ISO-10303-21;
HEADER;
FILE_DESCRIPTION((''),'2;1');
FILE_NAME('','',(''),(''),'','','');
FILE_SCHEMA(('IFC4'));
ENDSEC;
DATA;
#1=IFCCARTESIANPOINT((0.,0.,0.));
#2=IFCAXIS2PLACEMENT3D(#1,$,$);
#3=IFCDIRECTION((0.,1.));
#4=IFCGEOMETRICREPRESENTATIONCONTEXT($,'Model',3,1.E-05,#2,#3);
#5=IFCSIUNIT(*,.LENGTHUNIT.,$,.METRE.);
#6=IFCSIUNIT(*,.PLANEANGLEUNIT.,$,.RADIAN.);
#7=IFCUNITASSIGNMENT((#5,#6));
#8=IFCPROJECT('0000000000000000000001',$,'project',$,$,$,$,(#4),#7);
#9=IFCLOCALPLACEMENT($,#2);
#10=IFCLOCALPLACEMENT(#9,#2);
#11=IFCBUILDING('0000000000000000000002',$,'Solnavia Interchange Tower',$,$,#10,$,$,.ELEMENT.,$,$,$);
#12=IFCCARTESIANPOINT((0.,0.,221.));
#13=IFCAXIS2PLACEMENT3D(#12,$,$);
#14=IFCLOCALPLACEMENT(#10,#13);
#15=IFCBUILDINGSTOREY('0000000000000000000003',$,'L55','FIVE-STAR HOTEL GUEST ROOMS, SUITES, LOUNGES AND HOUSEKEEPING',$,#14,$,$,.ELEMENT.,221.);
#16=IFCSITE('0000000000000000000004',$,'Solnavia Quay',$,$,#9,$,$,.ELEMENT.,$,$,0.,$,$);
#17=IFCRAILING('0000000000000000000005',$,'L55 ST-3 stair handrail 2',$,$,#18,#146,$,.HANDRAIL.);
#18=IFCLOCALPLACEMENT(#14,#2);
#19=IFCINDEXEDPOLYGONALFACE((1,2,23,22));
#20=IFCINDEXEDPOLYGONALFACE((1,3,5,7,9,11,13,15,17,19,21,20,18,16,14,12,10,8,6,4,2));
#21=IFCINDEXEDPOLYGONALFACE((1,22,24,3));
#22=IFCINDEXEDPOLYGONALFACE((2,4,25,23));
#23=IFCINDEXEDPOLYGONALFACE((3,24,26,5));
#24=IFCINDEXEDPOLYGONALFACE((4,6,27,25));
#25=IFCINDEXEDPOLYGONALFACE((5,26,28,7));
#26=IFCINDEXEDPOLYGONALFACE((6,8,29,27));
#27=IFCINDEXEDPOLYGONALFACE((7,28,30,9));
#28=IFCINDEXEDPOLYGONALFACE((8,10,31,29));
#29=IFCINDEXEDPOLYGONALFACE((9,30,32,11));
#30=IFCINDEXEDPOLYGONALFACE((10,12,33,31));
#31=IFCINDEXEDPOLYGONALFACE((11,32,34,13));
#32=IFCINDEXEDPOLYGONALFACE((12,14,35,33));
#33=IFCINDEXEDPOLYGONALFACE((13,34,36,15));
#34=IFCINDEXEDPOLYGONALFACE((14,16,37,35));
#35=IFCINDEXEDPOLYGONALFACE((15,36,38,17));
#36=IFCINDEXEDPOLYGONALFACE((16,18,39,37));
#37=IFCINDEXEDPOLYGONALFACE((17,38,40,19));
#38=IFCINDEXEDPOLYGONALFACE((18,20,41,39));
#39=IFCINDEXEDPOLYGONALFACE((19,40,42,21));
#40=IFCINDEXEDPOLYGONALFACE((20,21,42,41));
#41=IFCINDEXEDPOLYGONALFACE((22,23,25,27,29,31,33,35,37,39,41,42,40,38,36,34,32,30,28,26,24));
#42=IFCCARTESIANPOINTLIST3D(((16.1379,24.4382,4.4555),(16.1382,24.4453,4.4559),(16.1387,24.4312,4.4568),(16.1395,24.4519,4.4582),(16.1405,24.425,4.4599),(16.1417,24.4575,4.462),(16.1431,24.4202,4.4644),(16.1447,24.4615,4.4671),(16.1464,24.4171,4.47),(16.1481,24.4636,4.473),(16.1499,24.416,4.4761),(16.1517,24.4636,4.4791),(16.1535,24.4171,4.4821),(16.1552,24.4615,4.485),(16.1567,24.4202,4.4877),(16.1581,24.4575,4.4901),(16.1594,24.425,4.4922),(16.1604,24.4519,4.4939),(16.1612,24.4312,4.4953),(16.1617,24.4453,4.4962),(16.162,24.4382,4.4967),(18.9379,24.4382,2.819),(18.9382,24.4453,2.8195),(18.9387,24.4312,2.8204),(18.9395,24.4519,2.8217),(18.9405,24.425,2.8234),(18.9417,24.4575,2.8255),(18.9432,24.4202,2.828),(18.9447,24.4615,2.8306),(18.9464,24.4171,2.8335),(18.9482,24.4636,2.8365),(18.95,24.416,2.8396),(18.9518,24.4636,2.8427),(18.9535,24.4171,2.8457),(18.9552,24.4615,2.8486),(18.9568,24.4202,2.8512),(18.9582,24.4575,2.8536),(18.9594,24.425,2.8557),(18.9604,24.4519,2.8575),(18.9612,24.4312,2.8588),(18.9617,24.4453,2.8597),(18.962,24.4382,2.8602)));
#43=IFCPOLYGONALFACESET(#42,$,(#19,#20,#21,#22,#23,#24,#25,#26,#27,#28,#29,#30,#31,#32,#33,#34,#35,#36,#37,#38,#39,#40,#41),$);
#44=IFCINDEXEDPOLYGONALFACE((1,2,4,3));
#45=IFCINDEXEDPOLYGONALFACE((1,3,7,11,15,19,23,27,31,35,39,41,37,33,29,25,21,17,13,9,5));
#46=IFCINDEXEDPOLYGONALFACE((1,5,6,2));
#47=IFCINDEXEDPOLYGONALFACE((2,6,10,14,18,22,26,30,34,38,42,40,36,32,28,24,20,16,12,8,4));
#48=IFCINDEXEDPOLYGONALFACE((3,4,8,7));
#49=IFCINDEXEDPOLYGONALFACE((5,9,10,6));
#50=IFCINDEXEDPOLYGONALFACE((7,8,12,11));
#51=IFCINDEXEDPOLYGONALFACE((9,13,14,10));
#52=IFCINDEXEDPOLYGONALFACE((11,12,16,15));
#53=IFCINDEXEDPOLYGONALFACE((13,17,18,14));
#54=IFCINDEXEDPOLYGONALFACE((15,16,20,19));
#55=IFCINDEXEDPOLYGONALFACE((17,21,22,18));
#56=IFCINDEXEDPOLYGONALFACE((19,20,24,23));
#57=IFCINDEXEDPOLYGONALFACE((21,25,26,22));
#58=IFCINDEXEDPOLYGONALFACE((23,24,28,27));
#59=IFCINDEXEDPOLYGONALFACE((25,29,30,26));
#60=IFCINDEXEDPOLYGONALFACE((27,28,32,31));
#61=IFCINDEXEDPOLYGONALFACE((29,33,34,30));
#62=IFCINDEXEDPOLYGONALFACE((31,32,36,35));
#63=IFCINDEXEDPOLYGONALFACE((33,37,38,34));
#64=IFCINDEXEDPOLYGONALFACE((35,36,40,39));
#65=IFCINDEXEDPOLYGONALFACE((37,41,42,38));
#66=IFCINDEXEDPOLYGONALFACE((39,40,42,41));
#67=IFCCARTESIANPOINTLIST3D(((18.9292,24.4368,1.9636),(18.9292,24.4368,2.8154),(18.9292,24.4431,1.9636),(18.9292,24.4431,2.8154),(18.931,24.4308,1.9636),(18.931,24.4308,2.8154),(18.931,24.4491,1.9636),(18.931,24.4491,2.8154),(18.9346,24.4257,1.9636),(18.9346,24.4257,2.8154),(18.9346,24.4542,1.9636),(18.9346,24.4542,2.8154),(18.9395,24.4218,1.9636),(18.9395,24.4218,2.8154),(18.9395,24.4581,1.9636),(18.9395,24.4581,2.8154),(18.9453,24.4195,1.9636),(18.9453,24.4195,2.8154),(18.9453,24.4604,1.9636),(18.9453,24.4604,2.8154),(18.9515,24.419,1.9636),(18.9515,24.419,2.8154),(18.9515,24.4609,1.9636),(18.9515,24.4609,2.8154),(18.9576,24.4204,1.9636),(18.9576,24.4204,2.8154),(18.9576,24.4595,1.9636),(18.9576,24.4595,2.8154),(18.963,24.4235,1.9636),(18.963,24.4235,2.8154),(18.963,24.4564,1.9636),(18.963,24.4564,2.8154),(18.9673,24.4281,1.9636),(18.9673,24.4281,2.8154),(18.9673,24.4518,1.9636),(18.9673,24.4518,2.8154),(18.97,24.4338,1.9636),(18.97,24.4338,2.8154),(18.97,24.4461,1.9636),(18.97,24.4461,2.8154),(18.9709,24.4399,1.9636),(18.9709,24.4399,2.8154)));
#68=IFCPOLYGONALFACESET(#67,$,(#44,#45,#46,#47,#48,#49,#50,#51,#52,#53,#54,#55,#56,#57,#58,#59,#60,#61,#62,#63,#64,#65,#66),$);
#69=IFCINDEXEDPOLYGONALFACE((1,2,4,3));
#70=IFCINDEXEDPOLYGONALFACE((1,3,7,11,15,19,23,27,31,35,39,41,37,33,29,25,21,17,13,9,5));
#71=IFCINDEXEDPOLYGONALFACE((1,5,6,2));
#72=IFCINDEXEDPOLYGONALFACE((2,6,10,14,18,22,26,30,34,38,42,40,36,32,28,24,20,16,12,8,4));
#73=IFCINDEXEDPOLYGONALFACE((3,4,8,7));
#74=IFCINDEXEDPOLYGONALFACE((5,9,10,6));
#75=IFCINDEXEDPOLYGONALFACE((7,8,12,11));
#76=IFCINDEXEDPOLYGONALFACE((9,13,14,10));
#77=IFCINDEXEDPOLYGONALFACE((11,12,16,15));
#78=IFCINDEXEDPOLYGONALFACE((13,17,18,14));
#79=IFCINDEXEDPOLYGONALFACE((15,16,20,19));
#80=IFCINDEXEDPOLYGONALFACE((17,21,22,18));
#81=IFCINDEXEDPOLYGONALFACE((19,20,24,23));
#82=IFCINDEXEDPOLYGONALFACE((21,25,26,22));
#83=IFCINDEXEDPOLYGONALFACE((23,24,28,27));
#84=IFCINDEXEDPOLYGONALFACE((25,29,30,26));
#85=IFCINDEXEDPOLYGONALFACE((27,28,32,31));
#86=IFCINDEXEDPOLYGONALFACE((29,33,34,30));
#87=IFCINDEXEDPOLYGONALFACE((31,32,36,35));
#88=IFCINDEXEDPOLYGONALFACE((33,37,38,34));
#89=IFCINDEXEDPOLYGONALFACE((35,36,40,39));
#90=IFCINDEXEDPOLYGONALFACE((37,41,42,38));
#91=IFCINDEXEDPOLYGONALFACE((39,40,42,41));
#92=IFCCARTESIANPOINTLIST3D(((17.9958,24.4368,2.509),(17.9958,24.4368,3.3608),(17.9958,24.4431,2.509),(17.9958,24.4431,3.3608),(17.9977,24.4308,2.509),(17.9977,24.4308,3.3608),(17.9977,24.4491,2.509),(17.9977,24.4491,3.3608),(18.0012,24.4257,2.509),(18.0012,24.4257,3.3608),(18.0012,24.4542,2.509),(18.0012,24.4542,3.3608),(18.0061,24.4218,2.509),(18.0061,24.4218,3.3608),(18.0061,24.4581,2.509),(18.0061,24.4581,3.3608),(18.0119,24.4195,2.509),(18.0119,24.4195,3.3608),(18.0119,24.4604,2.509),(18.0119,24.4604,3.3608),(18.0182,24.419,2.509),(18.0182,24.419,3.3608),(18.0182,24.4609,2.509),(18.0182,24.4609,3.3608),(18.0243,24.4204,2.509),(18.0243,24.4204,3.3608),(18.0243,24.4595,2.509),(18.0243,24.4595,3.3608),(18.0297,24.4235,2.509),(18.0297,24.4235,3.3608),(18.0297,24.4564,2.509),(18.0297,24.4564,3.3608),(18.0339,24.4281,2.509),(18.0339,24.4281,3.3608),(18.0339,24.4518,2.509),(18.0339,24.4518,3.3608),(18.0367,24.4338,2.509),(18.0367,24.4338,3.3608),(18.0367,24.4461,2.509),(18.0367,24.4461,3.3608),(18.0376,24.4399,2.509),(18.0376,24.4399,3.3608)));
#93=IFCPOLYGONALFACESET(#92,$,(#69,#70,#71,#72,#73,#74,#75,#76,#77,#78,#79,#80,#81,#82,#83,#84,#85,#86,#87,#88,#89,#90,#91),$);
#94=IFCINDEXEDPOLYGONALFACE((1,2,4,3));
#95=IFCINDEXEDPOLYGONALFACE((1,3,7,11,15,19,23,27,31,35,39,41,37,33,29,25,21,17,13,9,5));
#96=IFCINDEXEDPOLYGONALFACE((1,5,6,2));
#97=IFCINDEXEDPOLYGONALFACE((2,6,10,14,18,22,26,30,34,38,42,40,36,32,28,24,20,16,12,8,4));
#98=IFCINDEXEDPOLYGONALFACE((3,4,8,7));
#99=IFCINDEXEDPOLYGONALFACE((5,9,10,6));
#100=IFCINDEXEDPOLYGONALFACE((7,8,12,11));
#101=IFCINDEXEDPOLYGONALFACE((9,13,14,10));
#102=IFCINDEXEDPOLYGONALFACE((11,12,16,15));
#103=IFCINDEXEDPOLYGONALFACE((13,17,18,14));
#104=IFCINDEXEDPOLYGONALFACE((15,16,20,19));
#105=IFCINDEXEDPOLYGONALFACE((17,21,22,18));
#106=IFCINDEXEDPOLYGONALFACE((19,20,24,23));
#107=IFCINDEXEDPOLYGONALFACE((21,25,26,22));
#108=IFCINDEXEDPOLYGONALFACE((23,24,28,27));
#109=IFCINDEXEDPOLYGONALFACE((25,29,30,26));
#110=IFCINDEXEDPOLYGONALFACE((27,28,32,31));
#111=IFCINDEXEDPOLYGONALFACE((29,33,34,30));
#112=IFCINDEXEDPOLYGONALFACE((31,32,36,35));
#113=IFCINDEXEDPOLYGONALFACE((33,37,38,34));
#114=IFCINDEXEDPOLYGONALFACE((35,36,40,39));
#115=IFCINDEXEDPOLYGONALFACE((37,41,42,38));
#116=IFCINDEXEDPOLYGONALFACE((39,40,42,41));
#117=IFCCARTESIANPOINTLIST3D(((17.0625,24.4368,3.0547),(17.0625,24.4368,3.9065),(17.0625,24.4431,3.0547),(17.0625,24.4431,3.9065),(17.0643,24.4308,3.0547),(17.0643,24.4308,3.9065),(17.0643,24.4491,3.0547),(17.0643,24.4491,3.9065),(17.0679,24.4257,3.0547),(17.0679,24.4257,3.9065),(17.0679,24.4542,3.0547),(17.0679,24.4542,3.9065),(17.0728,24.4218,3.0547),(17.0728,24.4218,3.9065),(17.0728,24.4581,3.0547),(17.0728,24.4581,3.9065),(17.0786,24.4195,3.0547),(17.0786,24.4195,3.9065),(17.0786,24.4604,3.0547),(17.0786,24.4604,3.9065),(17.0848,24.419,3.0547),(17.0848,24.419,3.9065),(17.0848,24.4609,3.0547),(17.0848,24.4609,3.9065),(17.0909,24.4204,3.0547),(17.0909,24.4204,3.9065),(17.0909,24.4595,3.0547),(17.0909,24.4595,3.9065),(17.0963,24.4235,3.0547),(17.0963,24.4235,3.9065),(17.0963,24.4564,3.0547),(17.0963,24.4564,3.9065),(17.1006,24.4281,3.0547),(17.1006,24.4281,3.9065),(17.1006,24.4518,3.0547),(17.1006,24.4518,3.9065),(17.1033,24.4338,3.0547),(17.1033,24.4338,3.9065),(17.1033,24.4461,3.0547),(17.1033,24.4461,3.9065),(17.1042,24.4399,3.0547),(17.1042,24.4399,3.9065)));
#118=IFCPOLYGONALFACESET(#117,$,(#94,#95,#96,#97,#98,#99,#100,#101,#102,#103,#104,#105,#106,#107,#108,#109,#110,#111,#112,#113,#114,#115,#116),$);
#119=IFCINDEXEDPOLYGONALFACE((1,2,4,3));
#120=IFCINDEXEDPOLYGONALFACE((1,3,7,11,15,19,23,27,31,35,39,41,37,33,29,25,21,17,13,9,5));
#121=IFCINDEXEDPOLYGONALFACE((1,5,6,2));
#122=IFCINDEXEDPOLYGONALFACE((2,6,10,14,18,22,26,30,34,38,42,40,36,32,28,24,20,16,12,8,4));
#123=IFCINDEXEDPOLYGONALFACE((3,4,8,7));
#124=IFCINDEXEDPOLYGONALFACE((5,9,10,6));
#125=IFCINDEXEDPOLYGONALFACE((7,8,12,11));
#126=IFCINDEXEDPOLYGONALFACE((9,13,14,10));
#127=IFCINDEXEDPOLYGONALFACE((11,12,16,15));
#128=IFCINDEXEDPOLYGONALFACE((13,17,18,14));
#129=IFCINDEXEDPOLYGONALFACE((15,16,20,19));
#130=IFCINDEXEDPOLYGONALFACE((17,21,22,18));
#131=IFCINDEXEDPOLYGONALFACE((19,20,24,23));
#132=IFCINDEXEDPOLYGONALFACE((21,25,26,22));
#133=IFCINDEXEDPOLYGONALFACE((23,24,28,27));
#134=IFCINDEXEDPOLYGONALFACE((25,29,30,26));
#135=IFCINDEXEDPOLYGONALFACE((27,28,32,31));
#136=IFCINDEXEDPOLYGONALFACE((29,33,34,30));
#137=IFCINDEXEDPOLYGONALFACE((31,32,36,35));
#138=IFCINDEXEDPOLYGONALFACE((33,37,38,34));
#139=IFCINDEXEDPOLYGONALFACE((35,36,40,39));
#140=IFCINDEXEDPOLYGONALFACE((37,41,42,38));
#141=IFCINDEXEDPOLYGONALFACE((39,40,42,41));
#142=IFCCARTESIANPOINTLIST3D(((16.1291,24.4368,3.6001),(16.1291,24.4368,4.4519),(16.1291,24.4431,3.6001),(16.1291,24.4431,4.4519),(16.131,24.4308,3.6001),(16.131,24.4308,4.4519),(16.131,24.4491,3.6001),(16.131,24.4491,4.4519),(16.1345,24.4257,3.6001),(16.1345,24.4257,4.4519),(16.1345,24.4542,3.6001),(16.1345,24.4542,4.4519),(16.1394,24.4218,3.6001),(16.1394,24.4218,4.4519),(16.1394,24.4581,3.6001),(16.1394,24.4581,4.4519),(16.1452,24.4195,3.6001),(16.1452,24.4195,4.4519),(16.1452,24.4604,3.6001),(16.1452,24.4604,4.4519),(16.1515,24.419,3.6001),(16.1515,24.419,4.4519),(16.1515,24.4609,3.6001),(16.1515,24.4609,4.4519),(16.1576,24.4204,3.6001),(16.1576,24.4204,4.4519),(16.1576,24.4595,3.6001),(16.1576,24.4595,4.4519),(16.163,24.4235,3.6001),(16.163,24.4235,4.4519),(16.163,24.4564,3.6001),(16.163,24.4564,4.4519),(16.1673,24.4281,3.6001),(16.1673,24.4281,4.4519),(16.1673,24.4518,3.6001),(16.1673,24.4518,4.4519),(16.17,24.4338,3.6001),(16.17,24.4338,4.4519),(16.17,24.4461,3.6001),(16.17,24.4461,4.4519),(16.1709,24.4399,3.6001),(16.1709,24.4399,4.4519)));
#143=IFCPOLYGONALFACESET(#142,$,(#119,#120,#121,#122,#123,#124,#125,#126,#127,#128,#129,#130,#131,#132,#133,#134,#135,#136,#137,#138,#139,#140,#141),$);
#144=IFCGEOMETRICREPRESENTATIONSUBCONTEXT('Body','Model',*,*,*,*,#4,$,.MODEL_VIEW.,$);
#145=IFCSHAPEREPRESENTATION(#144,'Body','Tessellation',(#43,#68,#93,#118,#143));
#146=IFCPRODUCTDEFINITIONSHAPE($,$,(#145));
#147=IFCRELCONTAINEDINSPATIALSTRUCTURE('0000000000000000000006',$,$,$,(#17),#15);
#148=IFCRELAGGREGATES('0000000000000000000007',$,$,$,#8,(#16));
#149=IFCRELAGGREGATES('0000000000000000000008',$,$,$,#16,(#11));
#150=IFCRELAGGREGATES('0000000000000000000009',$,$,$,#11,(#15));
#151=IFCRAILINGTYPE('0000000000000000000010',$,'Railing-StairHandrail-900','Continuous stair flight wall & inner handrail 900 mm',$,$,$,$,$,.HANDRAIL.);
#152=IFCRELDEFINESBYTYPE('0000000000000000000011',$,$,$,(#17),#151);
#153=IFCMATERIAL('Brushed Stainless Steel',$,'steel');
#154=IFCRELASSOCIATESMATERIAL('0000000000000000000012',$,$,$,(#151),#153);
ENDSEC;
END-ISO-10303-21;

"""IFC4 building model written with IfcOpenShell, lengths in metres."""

from ifc_helpers import new_model, si_unit, direction, frame, origin, origin_2d, place, context, subcontext, project, spatial, circle, extrude, material, type_object, element, save


model = new_model("IFC4")

# Units and contexts
model_context = context("Model", 3, precision=1e-05, world=origin(), true_north=direction((0.0, 1.0)))
body_context = subcontext(model_context, "Body", "Model", "MODEL_VIEW")
ifc_project = project(units=[si_unit("LENGTHUNIT", "METRE"), si_unit("PLANEANGLEUNIT", "RADIAN")], contexts=[model_context])

# Site, building, storey
site_placement = place(None, origin())
site = spatial("IfcSite", under=ifc_project, at=site_placement, Name="Solnavia Quay", CompositionType="ELEMENT", RefElevation=0.0)
building_placement = place(site_placement, origin())
building = spatial("IfcBuilding", under=site, at=building_placement, Name="Solnavia Interchange Tower", CompositionType="ELEMENT")
storey_placement = place(building_placement, frame((0.0, 0.0, 221.0)))
storey = spatial("IfcBuildingStorey", under=building, at=storey_placement, Name="L55", Description="FIVE-STAR HOTEL GUEST ROOMS, SUITES, LOUNGES AND HOUSEKEEPING", CompositionType="ELEMENT", Elevation=221.0)

# Railing
ifc_material_1 = material(Name="Brushed Stainless Steel", Category="steel")
railing_type_1 = type_object("IfcRailingType", Name="Railing-StairHandrail-900", Description="Continuous stair flight wall & inner handrail 900 mm", PredefinedType="HANDRAIL", material=ifc_material_1)
railing_1_placement = place(storey_placement, frame((18.95, 24.4399, 1.9636)))
element("IfcRailing", 1, at=railing_1_placement, inside=storey, type_object=railing_type_1, Name="L55 ST-3 stair handrail 2", PredefinedType="HANDRAIL", context=body_context, shape_type="SweptSolid", body=[
    extrude(circle(Radius=0.0239, at=origin_2d()), frame((0.0, 0.0, 0.876), z_axis=(-0.863361, 0.0, 0.504587), x_axis=(0.0, -1.0, 0.0)), (0.0, 0.0, 1.0), 3.2432),
    extrude(circle(Radius=0.021, at=origin_2d()), origin(), (0.0, 0.0, 1.0), 0.8518),
    extrude(circle(Radius=0.021, at=origin_2d()), frame((-0.9333, 0.0, 0.5454)), (0.0, 0.0, 1.0), 0.8518),
    extrude(circle(Radius=0.021, at=origin_2d()), frame((-1.8667, 0.0, 1.0911)), (0.0, 0.0, 1.0), 0.8518),
    extrude(circle(Radius=0.021, at=origin_2d()), frame((-2.8, 0.0, 1.6365)), (0.0, 0.0, 1.0), 0.8518),
])

save(model, "model.ifc")
